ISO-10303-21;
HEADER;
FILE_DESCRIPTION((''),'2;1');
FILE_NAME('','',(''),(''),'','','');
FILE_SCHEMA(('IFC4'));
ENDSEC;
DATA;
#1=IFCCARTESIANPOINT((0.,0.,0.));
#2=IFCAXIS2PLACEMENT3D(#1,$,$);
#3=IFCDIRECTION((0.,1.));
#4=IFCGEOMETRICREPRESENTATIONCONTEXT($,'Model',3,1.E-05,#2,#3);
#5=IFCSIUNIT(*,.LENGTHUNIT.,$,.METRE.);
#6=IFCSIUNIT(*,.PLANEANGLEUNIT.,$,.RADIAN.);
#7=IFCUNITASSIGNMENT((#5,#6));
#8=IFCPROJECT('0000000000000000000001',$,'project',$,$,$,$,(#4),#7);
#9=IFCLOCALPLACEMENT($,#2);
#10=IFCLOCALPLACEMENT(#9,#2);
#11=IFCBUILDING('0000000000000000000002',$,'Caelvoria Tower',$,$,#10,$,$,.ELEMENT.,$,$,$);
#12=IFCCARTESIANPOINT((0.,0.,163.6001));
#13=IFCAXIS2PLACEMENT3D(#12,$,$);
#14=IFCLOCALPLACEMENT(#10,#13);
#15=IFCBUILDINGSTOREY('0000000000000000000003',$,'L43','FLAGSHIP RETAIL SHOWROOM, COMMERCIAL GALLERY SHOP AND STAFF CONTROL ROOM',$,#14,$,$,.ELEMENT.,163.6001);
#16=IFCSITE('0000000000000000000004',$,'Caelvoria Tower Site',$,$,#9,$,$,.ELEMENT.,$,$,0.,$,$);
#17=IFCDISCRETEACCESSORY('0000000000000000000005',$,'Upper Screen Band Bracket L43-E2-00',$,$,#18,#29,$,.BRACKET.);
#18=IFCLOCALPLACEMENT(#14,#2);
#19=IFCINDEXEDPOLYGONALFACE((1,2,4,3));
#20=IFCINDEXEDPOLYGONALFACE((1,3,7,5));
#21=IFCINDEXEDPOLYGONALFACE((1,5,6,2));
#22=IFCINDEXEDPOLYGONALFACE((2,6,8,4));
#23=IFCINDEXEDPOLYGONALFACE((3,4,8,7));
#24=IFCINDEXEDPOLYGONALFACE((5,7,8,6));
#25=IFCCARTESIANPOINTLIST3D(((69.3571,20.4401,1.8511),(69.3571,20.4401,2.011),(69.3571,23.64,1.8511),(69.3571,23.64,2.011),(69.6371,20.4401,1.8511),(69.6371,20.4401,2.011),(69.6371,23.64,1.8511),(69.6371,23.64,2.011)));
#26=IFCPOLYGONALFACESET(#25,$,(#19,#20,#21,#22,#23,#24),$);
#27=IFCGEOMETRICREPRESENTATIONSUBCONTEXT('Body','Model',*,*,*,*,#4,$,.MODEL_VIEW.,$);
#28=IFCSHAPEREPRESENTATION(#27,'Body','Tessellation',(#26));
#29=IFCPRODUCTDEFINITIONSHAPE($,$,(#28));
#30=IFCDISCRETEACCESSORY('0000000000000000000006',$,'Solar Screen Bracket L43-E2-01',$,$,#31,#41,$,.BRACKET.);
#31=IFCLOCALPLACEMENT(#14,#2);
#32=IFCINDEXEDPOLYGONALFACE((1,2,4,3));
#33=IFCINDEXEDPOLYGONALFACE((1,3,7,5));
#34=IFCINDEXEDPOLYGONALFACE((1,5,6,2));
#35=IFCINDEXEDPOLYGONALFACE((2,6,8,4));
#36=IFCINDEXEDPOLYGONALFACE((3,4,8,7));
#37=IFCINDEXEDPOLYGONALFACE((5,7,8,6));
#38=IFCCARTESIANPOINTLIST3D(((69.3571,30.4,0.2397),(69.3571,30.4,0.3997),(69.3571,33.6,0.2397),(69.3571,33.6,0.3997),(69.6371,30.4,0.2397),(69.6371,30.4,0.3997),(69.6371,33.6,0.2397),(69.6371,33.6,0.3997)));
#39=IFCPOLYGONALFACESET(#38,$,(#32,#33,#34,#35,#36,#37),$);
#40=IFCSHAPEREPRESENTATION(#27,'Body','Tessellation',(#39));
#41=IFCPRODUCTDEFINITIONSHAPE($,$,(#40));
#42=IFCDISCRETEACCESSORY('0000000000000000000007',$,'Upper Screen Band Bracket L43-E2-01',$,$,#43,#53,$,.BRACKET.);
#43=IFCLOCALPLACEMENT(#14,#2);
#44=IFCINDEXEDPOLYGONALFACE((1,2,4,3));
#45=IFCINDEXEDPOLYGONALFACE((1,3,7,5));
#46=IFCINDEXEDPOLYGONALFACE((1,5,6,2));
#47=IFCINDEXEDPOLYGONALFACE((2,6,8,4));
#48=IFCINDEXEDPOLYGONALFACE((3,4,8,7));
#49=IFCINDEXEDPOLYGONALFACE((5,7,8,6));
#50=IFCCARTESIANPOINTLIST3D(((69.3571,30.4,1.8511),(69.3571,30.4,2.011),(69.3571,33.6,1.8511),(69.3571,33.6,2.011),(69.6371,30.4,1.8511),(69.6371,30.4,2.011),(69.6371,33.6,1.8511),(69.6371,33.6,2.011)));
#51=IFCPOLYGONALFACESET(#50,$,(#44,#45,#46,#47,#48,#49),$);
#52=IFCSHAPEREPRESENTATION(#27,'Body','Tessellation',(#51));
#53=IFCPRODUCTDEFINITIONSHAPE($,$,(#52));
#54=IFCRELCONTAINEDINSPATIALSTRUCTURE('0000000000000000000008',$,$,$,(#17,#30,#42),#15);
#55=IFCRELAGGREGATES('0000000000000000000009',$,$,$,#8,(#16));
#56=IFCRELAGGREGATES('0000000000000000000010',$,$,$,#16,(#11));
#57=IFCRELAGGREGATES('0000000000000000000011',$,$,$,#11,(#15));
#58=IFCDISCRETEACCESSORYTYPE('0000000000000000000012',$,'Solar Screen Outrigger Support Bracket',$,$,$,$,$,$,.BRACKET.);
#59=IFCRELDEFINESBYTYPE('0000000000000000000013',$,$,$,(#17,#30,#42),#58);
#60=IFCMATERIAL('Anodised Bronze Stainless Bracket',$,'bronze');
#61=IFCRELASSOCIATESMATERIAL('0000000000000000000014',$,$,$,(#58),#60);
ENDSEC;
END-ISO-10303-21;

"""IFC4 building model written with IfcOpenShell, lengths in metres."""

from ifc_helpers import new_model, si_unit, direction, frame, origin, origin_2d, place, context, subcontext, project, spatial, rectangle, extrude, material, type_object, element, save


model = new_model("IFC4")

# Units and contexts
model_context = context("Model", 3, precision=1e-05, world=origin(), true_north=direction((0.0, 1.0)))
body_context = subcontext(model_context, "Body", "Model", "MODEL_VIEW")
ifc_project = project(units=[si_unit("LENGTHUNIT", "METRE"), si_unit("PLANEANGLEUNIT", "RADIAN")], contexts=[model_context])

# Site, building, storey
site_placement = place(None, origin())
site = spatial("IfcSite", under=ifc_project, at=site_placement, Name="Caelvoria Tower Site", CompositionType="ELEMENT", RefElevation=0.0)
building_placement = place(site_placement, origin())
building = spatial("IfcBuilding", under=site, at=building_placement, Name="Caelvoria Tower", CompositionType="ELEMENT")
storey_placement = place(building_placement, frame((0.0, 0.0, 163.6001)))
storey = spatial("IfcBuildingStorey", under=building, at=storey_placement, Name="L43", Description="FLAGSHIP RETAIL SHOWROOM, COMMERCIAL GALLERY SHOP AND STAFF CONTROL ROOM", CompositionType="ELEMENT", Elevation=163.6001)

# Discrete accessories
ifc_material_1 = material(Name="Anodised Bronze Stainless Bracket", Category="bronze")
discrete_accessory_type = type_object("IfcDiscreteAccessoryType", Name="Solar Screen Outrigger Support Bracket", PredefinedType="BRACKET", material=ifc_material_1)
for number, where, z_axis, x_axis, name in (
    (1, (69.4971, 22.04, 1.8511), (0.0, 0.0, 1.0), (0.0, 1.0, 0.0), "Upper Screen Band Bracket L43-E2-00"),
    (2, (69.4971, 32.0, 0.2397), (0.0, 0.0, 1.0), (0.0, 1.0, 0.0), "Solar Screen Bracket L43-E2-01"),
    (3, (69.4971, 32.0, 1.8511), (0.0, 0.0, 1.0), (0.0, 1.0, 0.0), "Upper Screen Band Bracket L43-E2-01"),
):
    element("IfcDiscreteAccessory", number, at=place(storey_placement, frame(where, z_axis=z_axis, x_axis=x_axis)), inside=storey, type_object=discrete_accessory_type, Name=name, PredefinedType="BRACKET", context=body_context, shape_type="SweptSolid", body=[
        extrude(rectangle(XDim=3.2, YDim=0.28, at=origin_2d()), origin(), (0.0, 0.0, 1.0), 0.1599),
    ])

save(model, "model.ifc")
